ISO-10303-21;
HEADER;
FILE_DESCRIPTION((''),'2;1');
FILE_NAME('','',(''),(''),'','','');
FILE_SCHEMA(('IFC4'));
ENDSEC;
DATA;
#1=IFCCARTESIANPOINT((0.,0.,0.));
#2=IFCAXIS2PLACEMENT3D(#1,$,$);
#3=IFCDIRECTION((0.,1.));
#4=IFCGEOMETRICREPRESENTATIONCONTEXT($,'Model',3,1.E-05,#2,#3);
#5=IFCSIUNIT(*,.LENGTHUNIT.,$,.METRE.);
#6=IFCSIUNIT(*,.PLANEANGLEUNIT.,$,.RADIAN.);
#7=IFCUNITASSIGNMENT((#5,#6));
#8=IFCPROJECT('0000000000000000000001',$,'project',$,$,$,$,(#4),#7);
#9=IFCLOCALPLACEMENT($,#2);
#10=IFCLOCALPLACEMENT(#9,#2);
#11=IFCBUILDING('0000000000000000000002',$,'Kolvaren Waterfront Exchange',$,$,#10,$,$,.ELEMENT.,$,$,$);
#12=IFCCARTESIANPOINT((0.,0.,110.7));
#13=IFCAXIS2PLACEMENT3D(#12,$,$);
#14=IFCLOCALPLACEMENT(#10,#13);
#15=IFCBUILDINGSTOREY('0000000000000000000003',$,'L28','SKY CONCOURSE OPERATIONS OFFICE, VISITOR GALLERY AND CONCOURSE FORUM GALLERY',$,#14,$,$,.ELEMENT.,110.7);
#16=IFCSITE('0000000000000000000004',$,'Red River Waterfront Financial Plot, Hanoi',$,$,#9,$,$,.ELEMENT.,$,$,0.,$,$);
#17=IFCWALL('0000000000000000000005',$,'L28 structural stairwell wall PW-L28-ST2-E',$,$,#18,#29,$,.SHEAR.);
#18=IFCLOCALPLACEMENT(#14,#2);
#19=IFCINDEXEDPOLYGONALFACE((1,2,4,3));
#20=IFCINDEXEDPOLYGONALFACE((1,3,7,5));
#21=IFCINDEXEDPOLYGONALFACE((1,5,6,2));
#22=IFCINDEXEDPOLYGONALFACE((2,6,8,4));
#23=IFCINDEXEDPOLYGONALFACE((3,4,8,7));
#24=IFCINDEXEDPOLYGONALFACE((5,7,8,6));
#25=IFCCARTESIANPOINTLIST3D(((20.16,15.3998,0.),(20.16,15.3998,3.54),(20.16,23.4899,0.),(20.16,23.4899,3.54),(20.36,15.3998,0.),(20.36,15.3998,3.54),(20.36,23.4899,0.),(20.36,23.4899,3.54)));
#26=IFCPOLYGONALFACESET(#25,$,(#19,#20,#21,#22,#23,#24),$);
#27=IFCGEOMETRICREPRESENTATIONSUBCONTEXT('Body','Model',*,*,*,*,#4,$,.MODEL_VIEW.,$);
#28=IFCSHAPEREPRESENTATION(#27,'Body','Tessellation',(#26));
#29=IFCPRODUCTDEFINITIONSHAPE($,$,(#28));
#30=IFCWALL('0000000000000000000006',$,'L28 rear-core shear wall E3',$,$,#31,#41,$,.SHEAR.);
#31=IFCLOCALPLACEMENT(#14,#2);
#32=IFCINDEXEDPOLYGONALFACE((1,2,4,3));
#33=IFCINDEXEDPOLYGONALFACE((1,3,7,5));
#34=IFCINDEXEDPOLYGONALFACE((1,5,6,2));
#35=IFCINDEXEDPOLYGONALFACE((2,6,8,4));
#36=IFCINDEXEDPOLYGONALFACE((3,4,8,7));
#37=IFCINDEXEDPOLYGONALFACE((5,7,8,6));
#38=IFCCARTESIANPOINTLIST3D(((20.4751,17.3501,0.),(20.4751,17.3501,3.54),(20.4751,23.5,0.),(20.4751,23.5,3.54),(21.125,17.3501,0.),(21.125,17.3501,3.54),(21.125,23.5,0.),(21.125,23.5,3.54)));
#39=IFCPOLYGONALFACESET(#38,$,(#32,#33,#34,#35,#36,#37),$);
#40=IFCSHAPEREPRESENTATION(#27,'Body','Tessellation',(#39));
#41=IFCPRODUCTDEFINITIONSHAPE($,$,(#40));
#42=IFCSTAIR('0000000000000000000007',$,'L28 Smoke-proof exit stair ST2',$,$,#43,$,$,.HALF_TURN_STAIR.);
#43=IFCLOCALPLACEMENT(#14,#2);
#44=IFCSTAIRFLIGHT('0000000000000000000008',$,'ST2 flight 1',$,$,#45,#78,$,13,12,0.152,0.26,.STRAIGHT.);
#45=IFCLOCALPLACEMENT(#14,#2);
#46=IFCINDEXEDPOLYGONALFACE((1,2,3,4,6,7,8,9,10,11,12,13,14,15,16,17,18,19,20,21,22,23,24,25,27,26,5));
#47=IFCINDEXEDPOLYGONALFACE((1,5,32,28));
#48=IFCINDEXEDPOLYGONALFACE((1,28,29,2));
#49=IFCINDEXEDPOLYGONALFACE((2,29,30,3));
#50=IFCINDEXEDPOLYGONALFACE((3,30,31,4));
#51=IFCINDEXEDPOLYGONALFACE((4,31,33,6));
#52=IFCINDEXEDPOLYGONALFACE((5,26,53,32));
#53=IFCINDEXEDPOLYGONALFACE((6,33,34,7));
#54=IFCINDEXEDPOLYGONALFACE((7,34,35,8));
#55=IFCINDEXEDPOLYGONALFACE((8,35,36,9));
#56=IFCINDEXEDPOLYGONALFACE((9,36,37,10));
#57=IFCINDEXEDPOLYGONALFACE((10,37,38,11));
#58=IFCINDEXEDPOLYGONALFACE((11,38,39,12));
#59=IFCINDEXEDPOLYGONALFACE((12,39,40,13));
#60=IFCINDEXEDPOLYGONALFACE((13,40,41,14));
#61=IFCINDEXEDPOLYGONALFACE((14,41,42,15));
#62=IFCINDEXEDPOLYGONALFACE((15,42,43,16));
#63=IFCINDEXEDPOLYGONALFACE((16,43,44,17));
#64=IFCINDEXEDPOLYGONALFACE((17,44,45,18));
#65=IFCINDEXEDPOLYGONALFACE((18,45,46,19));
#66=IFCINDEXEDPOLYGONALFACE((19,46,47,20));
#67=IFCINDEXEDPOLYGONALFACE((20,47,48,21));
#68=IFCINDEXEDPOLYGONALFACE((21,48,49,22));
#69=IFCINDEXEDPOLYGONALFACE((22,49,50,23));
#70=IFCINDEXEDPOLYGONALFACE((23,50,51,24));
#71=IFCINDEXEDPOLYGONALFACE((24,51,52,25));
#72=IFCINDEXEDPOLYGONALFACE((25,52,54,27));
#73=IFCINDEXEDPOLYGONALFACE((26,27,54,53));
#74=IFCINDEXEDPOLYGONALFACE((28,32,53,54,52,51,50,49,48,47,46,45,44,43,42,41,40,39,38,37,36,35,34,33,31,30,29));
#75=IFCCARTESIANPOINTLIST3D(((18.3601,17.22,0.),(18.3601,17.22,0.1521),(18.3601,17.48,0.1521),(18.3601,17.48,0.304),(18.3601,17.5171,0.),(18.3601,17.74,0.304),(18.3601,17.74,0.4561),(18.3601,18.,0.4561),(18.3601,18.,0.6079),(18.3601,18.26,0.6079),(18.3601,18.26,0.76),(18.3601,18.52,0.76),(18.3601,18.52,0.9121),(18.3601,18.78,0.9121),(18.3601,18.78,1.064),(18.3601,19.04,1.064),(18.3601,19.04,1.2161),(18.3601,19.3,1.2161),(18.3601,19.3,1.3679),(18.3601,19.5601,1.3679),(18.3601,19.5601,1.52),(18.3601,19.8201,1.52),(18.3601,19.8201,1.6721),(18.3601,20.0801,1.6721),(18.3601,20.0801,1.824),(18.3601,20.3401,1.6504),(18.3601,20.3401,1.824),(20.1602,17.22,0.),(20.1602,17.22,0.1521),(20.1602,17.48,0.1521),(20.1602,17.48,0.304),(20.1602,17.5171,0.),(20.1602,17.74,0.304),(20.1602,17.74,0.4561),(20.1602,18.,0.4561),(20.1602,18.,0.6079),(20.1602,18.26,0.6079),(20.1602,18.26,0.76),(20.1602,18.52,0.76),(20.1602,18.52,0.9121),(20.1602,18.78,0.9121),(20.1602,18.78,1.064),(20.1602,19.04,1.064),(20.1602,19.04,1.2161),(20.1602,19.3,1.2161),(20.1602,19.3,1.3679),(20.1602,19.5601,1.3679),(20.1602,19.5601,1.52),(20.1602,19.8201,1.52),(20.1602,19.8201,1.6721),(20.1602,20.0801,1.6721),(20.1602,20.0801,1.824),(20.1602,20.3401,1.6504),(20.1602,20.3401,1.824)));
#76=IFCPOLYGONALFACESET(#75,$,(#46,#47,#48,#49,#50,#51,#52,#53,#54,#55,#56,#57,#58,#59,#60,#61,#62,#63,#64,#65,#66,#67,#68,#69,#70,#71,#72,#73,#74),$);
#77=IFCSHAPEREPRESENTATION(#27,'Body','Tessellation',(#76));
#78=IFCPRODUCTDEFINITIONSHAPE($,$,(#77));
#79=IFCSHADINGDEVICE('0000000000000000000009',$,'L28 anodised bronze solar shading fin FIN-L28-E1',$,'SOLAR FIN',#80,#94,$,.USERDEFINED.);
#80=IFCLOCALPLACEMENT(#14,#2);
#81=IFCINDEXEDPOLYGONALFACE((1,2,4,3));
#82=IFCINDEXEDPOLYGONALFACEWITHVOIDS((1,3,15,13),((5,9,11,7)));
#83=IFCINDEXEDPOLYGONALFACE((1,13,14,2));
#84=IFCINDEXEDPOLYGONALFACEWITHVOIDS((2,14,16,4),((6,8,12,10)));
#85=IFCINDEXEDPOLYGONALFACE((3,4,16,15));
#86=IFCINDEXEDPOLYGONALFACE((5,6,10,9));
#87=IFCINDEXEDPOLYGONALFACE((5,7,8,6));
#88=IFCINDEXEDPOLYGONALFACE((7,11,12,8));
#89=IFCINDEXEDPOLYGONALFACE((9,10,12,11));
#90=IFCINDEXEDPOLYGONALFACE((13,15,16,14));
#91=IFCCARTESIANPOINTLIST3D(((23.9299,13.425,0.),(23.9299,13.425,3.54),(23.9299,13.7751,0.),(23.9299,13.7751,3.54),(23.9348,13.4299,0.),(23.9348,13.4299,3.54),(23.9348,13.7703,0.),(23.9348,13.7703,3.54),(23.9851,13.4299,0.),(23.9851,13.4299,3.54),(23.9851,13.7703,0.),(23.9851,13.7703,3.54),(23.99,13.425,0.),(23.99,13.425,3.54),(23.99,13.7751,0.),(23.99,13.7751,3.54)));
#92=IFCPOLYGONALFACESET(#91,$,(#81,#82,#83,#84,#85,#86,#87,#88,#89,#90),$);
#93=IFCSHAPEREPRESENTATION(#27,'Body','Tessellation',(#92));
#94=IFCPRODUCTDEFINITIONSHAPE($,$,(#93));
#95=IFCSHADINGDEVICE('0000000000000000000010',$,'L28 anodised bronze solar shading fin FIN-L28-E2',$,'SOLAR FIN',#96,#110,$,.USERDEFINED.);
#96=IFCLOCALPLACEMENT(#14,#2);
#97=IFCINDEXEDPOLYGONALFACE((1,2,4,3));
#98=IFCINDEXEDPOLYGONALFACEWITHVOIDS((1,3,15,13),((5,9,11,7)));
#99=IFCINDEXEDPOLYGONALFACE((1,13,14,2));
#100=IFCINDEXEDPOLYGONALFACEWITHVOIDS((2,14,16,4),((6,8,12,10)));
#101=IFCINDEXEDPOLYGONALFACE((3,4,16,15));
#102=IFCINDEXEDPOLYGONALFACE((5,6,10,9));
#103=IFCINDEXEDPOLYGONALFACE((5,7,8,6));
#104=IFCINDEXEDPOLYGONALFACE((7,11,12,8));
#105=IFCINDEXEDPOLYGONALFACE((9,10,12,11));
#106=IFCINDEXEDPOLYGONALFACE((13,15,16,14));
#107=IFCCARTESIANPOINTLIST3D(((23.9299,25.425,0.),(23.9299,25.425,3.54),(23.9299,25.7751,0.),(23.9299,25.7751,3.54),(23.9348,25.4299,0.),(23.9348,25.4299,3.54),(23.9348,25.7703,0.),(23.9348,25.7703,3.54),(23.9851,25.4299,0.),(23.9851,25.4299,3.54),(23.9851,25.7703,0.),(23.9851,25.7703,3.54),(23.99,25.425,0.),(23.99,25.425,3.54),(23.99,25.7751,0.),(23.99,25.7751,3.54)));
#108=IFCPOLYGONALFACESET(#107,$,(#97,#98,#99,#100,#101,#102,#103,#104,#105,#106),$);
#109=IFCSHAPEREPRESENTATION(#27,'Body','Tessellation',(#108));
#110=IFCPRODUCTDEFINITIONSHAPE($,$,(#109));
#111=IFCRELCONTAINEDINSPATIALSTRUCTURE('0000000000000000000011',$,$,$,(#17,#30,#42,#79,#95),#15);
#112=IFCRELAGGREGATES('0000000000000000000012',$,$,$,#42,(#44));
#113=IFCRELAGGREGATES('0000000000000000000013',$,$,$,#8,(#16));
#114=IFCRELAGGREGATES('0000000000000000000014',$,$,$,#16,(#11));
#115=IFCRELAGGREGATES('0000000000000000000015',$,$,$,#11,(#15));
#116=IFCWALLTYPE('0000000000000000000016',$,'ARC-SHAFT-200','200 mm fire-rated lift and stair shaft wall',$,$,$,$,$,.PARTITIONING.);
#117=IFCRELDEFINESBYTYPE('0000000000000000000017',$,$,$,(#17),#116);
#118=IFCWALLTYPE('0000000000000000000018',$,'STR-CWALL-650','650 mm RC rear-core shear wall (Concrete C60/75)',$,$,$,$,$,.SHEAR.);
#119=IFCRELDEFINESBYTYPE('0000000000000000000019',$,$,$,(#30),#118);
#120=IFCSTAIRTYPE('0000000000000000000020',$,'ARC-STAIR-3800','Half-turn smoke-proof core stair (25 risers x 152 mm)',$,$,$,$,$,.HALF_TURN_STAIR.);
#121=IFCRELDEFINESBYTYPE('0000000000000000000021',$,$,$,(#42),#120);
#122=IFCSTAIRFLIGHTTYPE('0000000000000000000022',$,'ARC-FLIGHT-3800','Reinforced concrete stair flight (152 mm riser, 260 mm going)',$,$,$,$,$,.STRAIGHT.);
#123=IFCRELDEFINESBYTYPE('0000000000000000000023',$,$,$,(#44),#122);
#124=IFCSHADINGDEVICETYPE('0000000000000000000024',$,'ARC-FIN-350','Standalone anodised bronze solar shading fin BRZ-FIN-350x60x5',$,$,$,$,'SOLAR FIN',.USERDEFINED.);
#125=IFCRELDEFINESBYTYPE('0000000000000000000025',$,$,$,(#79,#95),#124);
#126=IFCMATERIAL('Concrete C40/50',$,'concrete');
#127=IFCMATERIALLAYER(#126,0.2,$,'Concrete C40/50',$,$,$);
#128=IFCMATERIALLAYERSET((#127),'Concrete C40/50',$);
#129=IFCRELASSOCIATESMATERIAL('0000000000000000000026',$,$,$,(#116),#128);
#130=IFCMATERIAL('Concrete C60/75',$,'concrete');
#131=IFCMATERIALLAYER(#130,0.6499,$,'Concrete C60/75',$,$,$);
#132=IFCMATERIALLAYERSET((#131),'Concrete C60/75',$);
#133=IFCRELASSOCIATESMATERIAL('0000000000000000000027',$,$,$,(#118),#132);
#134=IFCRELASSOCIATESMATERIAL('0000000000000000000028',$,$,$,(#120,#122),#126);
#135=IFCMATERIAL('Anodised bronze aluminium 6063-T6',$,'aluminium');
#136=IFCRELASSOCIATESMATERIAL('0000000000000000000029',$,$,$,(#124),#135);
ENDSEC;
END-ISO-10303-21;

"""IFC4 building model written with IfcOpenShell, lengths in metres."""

from ifc_helpers import new_model, si_unit, direction, frame, frame_2d, origin, origin_2d, place, context, subcontext, project, spatial, polyline, rectangle, hollow_rectangle, outline, extrude, material, layer, layer_set, material_profile, profile_set, type_object, element, aggregate, save


model = new_model("IFC4")

# Units and contexts
model_context = context("Model", 3, precision=1e-05, world=origin(), true_north=direction((0.0, 1.0)))
body_context = subcontext(model_context, "Body", "Model", "MODEL_VIEW")
ifc_project = project(units=[si_unit("LENGTHUNIT", "METRE"), si_unit("PLANEANGLEUNIT", "RADIAN")], contexts=[model_context])

# Site, building, storey
site_placement = place(None, origin())
site = spatial("IfcSite", under=ifc_project, at=site_placement, Name="Red River Waterfront Financial Plot, Hanoi", CompositionType="ELEMENT", RefElevation=0.0)
building_placement = place(site_placement, origin())
building = spatial("IfcBuilding", under=site, at=building_placement, Name="Kolvaren Waterfront Exchange", CompositionType="ELEMENT")
storey_placement = place(building_placement, frame((0.0, 0.0, 110.7)))
storey = spatial("IfcBuildingStorey", under=building, at=storey_placement, Name="L28", Description="SKY CONCOURSE OPERATIONS OFFICE, VISITOR GALLERY AND CONCOURSE FORUM GALLERY", CompositionType="ELEMENT", Elevation=110.7)

# Shared definitions
ifc_material_1 = material(Name="Concrete C60/75", Category="concrete")

# Shared definitions
ifc_material_2 = material(Name="Anodised bronze aluminium 6063-T6", Category="aluminium")

# Walls
ifc_material_3 = material(Name="Concrete C40/50", Category="concrete")
ifc_layer_1 = layer(ifc_material_3, 0.2, Name="Concrete C40/50")
ifc_layer_set_1 = layer_set([ifc_layer_1], Name="Concrete C40/50")
wall_type_1 = type_object("IfcWallType", Name="ARC-SHAFT-200", Description="200 mm fire-rated lift and stair shaft wall", PredefinedType="PARTITIONING", material=ifc_layer_set_1)
wall_1_placement = place(storey_placement, frame((20.26, 15.3999, 0.0), z_axis=(0.0, 0.0, 1.0), x_axis=(0.0, 1.0, 0.0)))
element("IfcWall", 1, at=wall_1_placement, inside=storey, type_object=wall_type_1, Name="L28 structural stairwell wall PW-L28-ST2-E", PredefinedType="SHEAR", context=body_context, shape_type="SweptSolid", body=[
    extrude(rectangle(XDim=8.0901, YDim=0.2, at=frame_2d((4.0449, 0.0))), origin(), (0.0, 0.0, 1.0), 3.54),
])
ifc_layer_2 = layer(ifc_material_1, 0.6499, Name="Concrete C60/75")
ifc_layer_set_2 = layer_set([ifc_layer_2], Name="Concrete C60/75")
wall_type_2 = type_object("IfcWallType", Name="STR-CWALL-650", Description="650 mm RC rear-core shear wall (Concrete C60/75)", PredefinedType="SHEAR", material=ifc_layer_set_2)
wall_2_placement = place(storey_placement, frame((20.8, 17.3501, 0.0), z_axis=(0.0, 0.0, 1.0), x_axis=(0.0, 1.0, 0.0)))
element("IfcWall", 2, at=wall_2_placement, inside=storey, type_object=wall_type_2, Name="L28 rear-core shear wall E3", PredefinedType="SHEAR", context=body_context, shape_type="SweptSolid", body=[
    extrude(rectangle(XDim=6.1499, YDim=0.6499, at=frame_2d((3.075, 0.0))), origin(), (0.0, 0.0, 1.0), 3.54),
])

# Stair, stair flight
stair_type = type_object("IfcStairType", Name="ARC-STAIR-3800", Description="Half-turn smoke-proof core stair (25 risers x 152 mm)", PredefinedType="HALF_TURN_STAIR", material=ifc_material_3)
stair_placement = place(storey_placement, origin())
stair = element("IfcStair", 3, at=stair_placement, inside=storey, type_object=stair_type, Name="L28 Smoke-proof exit stair ST2", PredefinedType="HALF_TURN_STAIR")
stair_flight_type = type_object("IfcStairFlightType", Name="ARC-FLIGHT-3800", Description="Reinforced concrete stair flight (152 mm riser, 260 mm going)", PredefinedType="STRAIGHT", material=ifc_material_3)
stair_flight_placement = place(storey_placement, frame((19.26, 17.22, 0.0), z_axis=(0.0, 0.0, 1.0), x_axis=(0.0, 1.0, 0.0)))
stair_flight = element("IfcStairFlight", 4, at=stair_flight_placement, type_object=stair_flight_type, Name="ST2 flight 1", NumberOfRisers=13, NumberOfTreads=12, PredefinedType="STRAIGHT", RiserHeight=0.152, TreadLength=0.26, context=body_context, shape_type="SweptSolid", body=[
    extrude(outline(polyline([(0.0, 0.0), (0.0, 0.1521), (0.26, 0.1521), (0.26, 0.304), (0.52, 0.304), (0.52, 0.4561), (0.78, 0.4561), (0.78, 0.6079), (1.04, 0.6079), (1.04, 0.76), (1.3, 0.76), (1.3, 0.9121), (1.5601, 0.9121), (1.5601, 1.064), (1.8201, 1.064), (1.8201, 1.2161), (2.0801, 1.2161), (2.0801, 1.3679), (2.3401, 1.3679), (2.3401, 1.52), (2.6001, 1.52), (2.6001, 1.6721), (2.8601, 1.6721), (2.8601, 1.824), (3.1201, 1.824), (3.1201, 1.9761), (3.1201, 1.6504), (0.2971, 0.0), (0.0, 0.0)])), frame((0.0, 0.8999, 0.0), z_axis=(0.0, -1.0, 0.0), x_axis=(1.0, 0.0, 0.0)), (0.0, 0.0, 1.0), 1.8),
])
aggregate(stair, [stair_flight])

# Shading devices
ifc_material_profile_1 = material_profile(ifc_material_2, hollow_rectangle(XDim=0.0601, YDim=0.3501, WallThickness=0.0049, at=origin_2d()), Name="BRZ-FIN-350x60x5")
ifc_profile_set_1 = profile_set([ifc_material_profile_1], Name="Anodised bronze aluminium 6063-T6")
shading_device_type = type_object("IfcShadingDeviceType", Name="ARC-FIN-350", Description="Standalone anodised bronze solar shading fin BRZ-FIN-350x60x5", ElementType="SOLAR FIN", PredefinedType="USERDEFINED", material=ifc_profile_set_1)
for number, where, z_axis, x_axis, name in (
    (5, (23.96, 13.6001, 0.0), (0.0, 0.0, 1.0), (1.0, 0.0, 0.0), "L28 anodised bronze solar shading fin FIN-L28-E1"),
    (6, (23.96, 25.6001, 0.0), (0.0, 0.0, 1.0), (1.0, 0.0, 0.0), "L28 anodised bronze solar shading fin FIN-L28-E2"),
):
    element("IfcShadingDevice", number, at=place(storey_placement, frame(where, z_axis=z_axis, x_axis=x_axis)), inside=storey, type_object=shading_device_type, Name=name, ObjectType="SOLAR FIN", PredefinedType="USERDEFINED", context=body_context, shape_type="SweptSolid", body=[
        extrude(hollow_rectangle(XDim=0.0601, YDim=0.3501, WallThickness=0.0049, at=origin_2d()), origin(), (0.0, 0.0, 1.0), 3.54),
    ])

save(model, "model.ifc")
